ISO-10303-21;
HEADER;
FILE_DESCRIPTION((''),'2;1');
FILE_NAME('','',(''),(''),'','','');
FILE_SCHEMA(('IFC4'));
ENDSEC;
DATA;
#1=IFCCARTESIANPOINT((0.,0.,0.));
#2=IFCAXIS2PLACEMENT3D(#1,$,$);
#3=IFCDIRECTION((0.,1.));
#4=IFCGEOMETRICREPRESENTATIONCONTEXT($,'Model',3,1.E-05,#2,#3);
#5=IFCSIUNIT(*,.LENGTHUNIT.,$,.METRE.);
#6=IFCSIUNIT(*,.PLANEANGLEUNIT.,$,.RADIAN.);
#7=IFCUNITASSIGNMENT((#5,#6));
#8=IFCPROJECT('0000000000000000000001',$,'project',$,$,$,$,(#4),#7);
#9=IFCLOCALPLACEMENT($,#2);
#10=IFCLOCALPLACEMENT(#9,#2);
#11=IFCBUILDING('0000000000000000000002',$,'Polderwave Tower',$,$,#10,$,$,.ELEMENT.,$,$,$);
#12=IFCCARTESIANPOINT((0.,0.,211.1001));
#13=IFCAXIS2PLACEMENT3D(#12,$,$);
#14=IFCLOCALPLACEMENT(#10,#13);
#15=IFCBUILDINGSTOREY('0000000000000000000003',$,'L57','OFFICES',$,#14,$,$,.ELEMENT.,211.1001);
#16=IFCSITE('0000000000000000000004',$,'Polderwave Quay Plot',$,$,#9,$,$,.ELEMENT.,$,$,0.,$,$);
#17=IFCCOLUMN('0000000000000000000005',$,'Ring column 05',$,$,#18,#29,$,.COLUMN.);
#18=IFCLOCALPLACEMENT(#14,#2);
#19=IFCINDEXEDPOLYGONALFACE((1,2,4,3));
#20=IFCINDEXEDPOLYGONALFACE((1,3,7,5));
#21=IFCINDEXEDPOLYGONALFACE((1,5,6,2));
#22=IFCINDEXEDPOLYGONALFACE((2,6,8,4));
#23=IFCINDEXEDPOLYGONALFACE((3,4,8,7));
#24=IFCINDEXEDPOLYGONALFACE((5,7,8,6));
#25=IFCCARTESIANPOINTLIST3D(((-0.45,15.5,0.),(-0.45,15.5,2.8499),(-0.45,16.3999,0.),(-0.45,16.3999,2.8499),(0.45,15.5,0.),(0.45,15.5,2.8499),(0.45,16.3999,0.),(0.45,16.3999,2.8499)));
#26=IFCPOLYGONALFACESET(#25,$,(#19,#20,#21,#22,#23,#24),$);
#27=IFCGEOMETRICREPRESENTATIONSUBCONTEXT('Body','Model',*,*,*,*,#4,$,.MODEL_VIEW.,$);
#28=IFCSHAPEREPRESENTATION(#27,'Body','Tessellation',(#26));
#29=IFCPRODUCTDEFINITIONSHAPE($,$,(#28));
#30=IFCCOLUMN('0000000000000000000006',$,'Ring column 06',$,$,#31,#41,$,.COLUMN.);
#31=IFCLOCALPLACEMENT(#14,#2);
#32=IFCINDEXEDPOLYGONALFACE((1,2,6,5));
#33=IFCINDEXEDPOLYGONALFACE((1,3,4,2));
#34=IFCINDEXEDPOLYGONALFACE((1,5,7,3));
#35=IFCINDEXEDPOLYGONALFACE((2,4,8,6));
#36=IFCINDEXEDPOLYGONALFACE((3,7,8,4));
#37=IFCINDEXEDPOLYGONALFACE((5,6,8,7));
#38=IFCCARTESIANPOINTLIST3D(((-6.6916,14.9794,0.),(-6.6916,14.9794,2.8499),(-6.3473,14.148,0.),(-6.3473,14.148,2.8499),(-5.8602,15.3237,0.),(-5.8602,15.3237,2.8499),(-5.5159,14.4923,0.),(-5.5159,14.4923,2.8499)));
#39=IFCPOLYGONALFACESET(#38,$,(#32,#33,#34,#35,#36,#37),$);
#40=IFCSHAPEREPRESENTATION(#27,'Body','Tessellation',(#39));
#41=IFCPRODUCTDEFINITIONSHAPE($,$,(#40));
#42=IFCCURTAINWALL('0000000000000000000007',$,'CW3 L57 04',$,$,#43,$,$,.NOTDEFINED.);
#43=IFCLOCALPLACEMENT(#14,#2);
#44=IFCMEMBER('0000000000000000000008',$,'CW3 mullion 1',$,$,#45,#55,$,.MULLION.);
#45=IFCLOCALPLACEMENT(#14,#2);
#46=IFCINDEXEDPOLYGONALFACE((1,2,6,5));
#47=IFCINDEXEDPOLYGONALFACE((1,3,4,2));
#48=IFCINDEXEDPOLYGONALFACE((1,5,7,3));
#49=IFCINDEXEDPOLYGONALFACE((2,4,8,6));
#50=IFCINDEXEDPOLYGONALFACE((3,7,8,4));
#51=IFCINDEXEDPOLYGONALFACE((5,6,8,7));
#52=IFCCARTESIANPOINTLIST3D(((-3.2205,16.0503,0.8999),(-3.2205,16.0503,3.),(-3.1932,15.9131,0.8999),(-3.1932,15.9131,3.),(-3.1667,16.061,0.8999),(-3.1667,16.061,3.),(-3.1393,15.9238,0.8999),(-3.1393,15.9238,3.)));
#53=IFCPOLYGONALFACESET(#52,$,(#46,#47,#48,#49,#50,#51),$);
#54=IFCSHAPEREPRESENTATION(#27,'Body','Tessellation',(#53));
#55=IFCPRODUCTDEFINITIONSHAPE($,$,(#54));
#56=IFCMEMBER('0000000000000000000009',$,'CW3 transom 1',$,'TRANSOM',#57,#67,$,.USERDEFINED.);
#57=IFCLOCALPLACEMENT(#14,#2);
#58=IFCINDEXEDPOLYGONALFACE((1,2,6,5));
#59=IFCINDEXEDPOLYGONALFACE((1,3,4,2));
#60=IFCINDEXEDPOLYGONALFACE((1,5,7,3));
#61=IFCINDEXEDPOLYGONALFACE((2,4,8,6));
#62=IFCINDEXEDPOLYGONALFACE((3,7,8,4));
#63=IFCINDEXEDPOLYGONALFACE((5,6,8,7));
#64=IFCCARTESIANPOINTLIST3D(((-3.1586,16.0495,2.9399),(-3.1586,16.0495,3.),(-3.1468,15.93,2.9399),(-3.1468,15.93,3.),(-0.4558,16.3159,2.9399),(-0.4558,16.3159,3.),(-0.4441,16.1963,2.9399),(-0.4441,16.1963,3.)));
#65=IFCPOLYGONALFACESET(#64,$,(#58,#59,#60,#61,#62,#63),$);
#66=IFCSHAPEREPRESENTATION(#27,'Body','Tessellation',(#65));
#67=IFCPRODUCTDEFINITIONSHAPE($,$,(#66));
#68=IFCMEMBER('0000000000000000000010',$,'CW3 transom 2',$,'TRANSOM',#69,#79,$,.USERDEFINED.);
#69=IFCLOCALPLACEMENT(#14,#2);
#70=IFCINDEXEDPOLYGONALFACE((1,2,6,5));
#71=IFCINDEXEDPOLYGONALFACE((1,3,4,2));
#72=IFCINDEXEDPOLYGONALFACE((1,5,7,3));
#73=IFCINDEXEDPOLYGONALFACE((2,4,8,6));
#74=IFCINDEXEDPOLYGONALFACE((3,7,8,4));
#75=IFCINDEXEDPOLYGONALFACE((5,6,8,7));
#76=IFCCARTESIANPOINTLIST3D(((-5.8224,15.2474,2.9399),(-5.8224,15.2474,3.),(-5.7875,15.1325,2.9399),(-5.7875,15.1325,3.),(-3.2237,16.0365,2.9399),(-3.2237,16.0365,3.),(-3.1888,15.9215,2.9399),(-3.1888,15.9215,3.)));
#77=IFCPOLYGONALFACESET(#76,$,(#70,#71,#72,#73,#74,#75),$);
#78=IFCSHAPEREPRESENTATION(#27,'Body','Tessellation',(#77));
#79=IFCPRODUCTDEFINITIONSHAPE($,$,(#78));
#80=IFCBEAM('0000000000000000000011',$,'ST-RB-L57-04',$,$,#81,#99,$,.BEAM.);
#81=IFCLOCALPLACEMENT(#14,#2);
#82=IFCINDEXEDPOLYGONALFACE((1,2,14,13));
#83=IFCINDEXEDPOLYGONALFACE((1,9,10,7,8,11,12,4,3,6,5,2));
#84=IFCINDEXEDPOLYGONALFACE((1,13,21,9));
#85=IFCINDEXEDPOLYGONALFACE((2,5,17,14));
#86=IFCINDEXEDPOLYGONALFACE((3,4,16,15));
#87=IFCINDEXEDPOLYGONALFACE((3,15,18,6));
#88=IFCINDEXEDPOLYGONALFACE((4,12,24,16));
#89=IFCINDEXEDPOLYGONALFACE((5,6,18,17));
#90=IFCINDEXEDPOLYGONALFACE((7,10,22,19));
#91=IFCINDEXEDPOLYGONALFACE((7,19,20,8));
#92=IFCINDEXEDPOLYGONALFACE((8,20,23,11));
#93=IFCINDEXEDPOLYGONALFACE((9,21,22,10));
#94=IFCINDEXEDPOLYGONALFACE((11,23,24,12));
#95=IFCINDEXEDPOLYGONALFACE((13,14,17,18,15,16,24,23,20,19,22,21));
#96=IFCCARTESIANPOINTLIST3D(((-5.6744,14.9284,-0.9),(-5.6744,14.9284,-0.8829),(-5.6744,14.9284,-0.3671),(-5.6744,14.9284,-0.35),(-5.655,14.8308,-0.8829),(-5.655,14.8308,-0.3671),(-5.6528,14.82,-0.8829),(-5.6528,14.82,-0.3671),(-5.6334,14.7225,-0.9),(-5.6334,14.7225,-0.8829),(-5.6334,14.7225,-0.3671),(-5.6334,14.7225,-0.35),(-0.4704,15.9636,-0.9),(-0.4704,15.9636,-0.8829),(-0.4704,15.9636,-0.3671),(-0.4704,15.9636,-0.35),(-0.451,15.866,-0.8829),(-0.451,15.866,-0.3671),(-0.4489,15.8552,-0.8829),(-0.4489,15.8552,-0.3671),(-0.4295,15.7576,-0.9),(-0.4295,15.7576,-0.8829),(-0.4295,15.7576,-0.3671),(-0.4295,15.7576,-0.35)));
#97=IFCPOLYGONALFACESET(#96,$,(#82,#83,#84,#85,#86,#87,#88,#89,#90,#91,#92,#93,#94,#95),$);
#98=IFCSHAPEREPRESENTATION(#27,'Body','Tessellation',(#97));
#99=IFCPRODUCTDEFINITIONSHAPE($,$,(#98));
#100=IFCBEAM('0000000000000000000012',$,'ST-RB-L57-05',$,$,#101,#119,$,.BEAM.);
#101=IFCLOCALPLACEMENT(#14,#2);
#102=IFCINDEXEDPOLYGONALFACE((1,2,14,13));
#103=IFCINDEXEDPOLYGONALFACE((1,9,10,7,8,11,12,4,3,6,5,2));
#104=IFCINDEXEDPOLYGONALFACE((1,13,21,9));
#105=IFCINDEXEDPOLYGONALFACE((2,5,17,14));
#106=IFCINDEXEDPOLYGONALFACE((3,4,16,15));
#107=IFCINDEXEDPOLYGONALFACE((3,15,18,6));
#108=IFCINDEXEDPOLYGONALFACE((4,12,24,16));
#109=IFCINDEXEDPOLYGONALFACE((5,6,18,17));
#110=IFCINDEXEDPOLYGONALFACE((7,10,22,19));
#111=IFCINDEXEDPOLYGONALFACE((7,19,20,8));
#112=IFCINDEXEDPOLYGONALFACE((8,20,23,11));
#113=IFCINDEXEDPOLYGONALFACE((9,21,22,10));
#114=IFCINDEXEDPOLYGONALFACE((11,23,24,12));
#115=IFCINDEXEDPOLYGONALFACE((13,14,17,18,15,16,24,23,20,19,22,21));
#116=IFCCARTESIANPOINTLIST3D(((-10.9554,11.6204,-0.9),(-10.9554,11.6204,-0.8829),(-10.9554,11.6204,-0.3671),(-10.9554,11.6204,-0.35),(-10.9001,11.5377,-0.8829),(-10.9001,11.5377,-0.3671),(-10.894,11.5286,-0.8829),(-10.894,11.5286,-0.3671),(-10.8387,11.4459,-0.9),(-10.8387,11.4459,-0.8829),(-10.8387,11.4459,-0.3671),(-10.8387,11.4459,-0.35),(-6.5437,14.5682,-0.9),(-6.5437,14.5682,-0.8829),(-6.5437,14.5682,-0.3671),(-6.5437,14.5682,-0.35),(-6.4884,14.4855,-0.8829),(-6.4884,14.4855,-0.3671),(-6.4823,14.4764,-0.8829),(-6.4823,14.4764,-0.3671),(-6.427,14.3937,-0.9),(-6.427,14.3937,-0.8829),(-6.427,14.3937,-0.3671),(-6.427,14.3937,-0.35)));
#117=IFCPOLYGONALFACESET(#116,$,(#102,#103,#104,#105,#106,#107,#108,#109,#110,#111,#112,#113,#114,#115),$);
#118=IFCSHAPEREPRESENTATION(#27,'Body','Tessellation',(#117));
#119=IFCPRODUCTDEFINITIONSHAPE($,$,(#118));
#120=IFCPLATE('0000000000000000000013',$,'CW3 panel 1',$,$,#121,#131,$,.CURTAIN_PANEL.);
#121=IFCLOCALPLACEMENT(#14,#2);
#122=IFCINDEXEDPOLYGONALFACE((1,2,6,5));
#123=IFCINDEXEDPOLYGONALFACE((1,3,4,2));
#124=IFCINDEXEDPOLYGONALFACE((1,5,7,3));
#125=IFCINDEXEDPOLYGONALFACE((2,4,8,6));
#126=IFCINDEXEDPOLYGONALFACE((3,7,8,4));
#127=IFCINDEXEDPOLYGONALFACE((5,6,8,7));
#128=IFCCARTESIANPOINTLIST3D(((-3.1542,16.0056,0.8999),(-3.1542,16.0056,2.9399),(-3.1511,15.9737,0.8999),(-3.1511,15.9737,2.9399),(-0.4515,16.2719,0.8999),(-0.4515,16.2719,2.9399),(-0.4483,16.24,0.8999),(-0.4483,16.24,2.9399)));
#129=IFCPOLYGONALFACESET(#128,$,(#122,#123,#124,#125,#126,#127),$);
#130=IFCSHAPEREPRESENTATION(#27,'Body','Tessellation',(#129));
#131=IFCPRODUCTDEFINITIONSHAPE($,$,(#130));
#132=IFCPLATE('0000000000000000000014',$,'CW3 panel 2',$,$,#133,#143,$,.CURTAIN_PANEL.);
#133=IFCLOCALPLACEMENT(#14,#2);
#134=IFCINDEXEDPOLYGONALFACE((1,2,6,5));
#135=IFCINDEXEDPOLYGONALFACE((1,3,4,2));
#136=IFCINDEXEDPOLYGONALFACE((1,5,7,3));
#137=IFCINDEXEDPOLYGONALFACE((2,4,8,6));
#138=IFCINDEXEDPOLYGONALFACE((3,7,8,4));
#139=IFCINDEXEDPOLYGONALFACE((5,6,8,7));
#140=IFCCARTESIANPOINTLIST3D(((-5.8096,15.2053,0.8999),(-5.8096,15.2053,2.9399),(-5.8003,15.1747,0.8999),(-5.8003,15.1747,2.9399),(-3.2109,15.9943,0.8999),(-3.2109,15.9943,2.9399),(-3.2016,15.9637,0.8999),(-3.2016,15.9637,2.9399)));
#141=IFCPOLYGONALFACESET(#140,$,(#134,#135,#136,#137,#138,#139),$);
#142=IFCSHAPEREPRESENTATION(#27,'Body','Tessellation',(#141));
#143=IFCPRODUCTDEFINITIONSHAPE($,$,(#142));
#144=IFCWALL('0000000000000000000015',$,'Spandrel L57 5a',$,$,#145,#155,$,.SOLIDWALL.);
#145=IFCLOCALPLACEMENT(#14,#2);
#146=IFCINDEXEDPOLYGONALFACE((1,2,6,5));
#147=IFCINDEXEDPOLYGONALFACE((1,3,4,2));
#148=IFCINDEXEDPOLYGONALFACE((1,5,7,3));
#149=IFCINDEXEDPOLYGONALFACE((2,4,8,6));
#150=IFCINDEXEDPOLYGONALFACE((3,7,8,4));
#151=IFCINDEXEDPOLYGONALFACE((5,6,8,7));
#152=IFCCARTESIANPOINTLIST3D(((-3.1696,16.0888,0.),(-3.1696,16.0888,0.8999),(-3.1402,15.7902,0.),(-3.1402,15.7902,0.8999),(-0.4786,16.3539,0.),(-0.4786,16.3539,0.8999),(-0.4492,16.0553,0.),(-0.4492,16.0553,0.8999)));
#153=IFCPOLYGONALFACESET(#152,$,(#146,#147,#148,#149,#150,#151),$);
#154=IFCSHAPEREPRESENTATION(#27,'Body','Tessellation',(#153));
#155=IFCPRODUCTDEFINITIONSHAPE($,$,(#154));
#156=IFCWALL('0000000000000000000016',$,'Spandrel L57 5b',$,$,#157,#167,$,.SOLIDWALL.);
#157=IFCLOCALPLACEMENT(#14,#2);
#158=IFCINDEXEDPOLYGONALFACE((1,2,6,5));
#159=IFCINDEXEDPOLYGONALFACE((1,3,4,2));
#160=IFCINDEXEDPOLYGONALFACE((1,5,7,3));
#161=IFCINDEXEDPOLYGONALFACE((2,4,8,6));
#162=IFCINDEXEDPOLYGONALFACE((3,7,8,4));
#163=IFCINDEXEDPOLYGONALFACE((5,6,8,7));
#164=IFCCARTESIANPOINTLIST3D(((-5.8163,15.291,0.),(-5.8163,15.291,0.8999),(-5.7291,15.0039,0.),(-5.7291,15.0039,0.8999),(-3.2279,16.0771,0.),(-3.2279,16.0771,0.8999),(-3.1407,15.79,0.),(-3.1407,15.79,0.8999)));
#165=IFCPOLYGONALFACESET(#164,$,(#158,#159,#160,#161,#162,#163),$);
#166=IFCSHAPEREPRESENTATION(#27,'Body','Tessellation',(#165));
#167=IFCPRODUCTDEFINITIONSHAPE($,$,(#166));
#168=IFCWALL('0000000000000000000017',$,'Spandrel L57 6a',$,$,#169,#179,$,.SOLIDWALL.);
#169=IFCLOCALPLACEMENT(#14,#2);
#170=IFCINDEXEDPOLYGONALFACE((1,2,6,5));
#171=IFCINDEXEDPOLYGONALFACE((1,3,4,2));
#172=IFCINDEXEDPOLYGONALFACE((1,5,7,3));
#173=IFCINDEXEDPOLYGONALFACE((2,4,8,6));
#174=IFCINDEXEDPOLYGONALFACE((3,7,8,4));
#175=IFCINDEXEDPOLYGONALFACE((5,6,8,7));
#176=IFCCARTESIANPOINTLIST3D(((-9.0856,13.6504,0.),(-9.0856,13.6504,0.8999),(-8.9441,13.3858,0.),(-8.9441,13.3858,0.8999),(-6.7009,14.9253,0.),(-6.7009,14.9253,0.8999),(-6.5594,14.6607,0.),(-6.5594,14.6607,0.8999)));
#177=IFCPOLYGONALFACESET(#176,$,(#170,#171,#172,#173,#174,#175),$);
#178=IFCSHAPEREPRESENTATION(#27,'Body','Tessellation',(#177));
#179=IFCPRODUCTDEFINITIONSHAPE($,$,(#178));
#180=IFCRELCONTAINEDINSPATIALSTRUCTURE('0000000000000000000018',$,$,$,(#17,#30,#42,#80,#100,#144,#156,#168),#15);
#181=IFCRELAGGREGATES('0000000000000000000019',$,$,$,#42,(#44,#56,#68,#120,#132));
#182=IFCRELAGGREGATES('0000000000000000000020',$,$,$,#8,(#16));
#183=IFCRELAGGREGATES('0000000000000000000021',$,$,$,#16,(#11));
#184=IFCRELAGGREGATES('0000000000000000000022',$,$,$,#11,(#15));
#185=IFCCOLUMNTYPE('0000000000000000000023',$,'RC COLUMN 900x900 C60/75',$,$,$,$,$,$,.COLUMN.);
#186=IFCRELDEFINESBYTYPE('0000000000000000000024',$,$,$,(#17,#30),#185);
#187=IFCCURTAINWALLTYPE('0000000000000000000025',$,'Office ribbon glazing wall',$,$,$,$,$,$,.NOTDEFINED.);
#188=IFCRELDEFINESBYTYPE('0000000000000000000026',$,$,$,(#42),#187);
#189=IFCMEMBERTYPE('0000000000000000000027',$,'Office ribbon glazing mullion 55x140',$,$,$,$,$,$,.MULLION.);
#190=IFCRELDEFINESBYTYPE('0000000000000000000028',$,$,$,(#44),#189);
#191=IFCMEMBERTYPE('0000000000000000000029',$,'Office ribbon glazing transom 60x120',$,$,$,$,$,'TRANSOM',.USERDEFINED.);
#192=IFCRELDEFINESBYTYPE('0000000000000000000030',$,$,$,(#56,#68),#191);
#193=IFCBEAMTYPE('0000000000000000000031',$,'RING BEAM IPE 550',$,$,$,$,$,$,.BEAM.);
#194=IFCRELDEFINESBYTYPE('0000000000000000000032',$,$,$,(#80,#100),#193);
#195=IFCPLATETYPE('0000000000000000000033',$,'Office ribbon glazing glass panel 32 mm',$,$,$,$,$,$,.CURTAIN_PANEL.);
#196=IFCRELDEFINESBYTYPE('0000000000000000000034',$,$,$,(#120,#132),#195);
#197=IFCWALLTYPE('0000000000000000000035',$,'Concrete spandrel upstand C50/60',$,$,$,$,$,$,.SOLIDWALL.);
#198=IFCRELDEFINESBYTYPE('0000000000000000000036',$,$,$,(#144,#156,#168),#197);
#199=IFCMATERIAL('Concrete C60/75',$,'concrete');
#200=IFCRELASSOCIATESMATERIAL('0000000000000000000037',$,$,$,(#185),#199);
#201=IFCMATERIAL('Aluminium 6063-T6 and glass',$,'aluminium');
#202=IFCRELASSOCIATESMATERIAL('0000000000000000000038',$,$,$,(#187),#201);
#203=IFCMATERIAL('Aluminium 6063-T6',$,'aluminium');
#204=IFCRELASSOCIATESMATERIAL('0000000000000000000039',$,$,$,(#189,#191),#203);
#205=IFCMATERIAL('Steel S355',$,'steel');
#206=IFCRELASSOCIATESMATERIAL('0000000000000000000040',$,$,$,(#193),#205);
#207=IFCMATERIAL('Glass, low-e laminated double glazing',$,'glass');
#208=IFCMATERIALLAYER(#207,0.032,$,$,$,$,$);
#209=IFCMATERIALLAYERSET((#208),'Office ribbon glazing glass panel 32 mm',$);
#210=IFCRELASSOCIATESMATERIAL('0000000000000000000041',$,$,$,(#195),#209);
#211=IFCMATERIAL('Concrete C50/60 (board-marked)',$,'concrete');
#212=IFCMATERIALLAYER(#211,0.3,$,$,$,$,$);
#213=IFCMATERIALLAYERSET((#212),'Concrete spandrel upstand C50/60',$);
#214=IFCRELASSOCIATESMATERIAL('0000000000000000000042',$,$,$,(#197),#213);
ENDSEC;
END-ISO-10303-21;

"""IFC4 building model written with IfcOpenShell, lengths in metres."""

from ifc_helpers import new_model, si_unit, direction, frame, frame_2d, origin, origin_2d, place, context, subcontext, project, spatial, rectangle, i_section, extrude, material, layer, layer_set, material_profile, profile_set, type_object, element, aggregate, save


model = new_model("IFC4")

# Units and contexts
model_context = context("Model", 3, precision=1e-05, world=origin(), true_north=direction((0.0, 1.0)))
body_context = subcontext(model_context, "Body", "Model", "MODEL_VIEW")
ifc_project = project(units=[si_unit("LENGTHUNIT", "METRE"), si_unit("PLANEANGLEUNIT", "RADIAN")], contexts=[model_context])

# Site, building, storey
site_placement = place(None, origin())
site = spatial("IfcSite", under=ifc_project, at=site_placement, Name="Polderwave Quay Plot", CompositionType="ELEMENT", RefElevation=0.0)
building_placement = place(site_placement, origin())
building = spatial("IfcBuilding", under=site, at=building_placement, Name="Polderwave Tower", CompositionType="ELEMENT")
storey_placement = place(building_placement, frame((0.0, 0.0, 211.1001)))
storey = spatial("IfcBuildingStorey", under=building, at=storey_placement, Name="L57", Description="OFFICES", CompositionType="ELEMENT", Elevation=211.1001)

# Columns
ifc_material_1 = material(Name="Concrete C60/75", Category="concrete")
ifc_material_profile_1 = material_profile(ifc_material_1, rectangle(XDim=0.8999, YDim=0.8999, at=origin_2d()), Name="RC 900x900")
ifc_profile_set_1 = profile_set([ifc_material_profile_1], Name="Concrete C60/75")
column_type = type_object("IfcColumnType", Name="RC COLUMN 900x900 C60/75", PredefinedType="COLUMN", material=ifc_profile_set_1)
for number, where, z_axis, x_axis, name in (
    (1, (0.0, 15.95, 0.0), (0.0, 0.0, 1.0), (0.0, 1.0, 0.0), "Ring column 05"),
    (2, (-6.1038, 14.7358, 0.0), (0.0, 0.0, 1.0), (-0.382683, 0.92388, 0.0), "Ring column 06"),
):
    element("IfcColumn", number, at=place(storey_placement, frame(where, z_axis=z_axis, x_axis=x_axis)), inside=storey, type_object=column_type, Name=name, PredefinedType="COLUMN", context=body_context, shape_type="SweptSolid", body=[
        extrude(rectangle(XDim=0.8999, YDim=0.8999, at=origin_2d()), origin(), (0.0, 0.0, 1.0), 2.8499),
    ])

# Curtain wall, members
ifc_material_2 = material(Name="Aluminium 6063-T6 and glass", Category="aluminium")
curtain_wall_type = type_object("IfcCurtainWallType", Name="Office ribbon glazing wall", PredefinedType="NOTDEFINED", material=ifc_material_2)
curtain_wall_placement = place(storey_placement, origin())
curtain_wall = element("IfcCurtainWall", 3, at=curtain_wall_placement, inside=storey, type_object=curtain_wall_type, Name="CW3 L57 04", PredefinedType="NOTDEFINED")
ifc_material_3 = material(Name="Aluminium 6063-T6", Category="aluminium")
ifc_material_profile_2 = material_profile(ifc_material_3, rectangle(XDim=0.1399, YDim=0.0549, at=origin_2d()), Name="AL 55x140")
ifc_profile_set_2 = profile_set([ifc_material_profile_2], Name="Aluminium 6063-T6")
member_type_1 = type_object("IfcMemberType", Name="Office ribbon glazing mullion 55x140", PredefinedType="MULLION", material=ifc_profile_set_2)
member_1_placement = place(storey_placement, frame((-3.1799, 15.9871, 0.8999), z_axis=(0.0, 0.0, 1.0), x_axis=(0.195234, -0.980757, 0.0)))
member_1 = element("IfcMember", 4, at=member_1_placement, type_object=member_type_1, Name="CW3 mullion 1", PredefinedType="MULLION", context=body_context, shape_type="SweptSolid", body=[
    extrude(rectangle(XDim=0.1399, YDim=0.0549, at=origin_2d()), origin(), (0.0, 0.0, 1.0), 2.1001),
])
ifc_material_profile_3 = material_profile(ifc_material_3, rectangle(XDim=0.1201, YDim=0.0601, at=origin_2d()), Name="AL 60x120")
ifc_profile_set_3 = profile_set([ifc_material_profile_3], Name="Aluminium 6063-T6")
member_type_2 = type_object("IfcMemberType", Name="Office ribbon glazing transom 60x120", ElementType="TRANSOM", PredefinedType="USERDEFINED", material=ifc_profile_set_3)
member_2_placement = place(storey_placement, frame((-0.45, 16.2561, 2.97), z_axis=(-0.995179, -0.098079, 0.0), x_axis=(0.098079, -0.995179, 0.0)))
member_2 = element("IfcMember", 5, at=member_2_placement, type_object=member_type_2, Name="CW3 transom 1", ObjectType="TRANSOM", PredefinedType="USERDEFINED", context=body_context, shape_type="SweptSolid", body=[
    extrude(rectangle(XDim=0.1201, YDim=0.0601, at=origin_2d()), origin(), (0.0, 0.0, 1.0), 2.7158),
])
member_3_placement = place(storey_placement, frame((-3.2063, 15.979, 2.97), z_axis=(-0.956861, -0.290546, 0.0), x_axis=(0.290546, -0.956861, 0.0)))
member_3 = element("IfcMember", 6, at=member_3_placement, type_object=member_type_2, Name="CW3 transom 2", ObjectType="TRANSOM", PredefinedType="USERDEFINED", context=body_context, shape_type="SweptSolid", body=[
    extrude(rectangle(XDim=0.1201, YDim=0.0601, at=origin_2d()), origin(), (0.0, 0.0, 1.0), 2.7158),
])

# Beams
ifc_material_4 = material(Name="Steel S355", Category="steel")
ifc_material_profile_4 = material_profile(ifc_material_4, i_section(OverallWidth=0.21, OverallDepth=0.55, WebThickness=0.011, FlangeThickness=0.0171, at=origin_2d()), Name="IPE 550")
ifc_profile_set_4 = profile_set([ifc_material_profile_4], Name="Steel S355")
beam_type = type_object("IfcBeamType", Name="RING BEAM IPE 550", PredefinedType="BEAM", material=ifc_profile_set_4)
for number, where, z_axis, x_axis, name in (
    (7, (-0.45, 15.8606, -0.625), (-0.980784, -0.195098, 0.0), (0.195098, -0.980784, 0.0), "ST-RB-L57-04"),
    (8, (-6.4854, 14.481, -0.625), (-0.831469, -0.555571, 0.0), (0.555571, -0.831469, 0.0), "ST-RB-L57-05"),
):
    element("IfcBeam", number, at=place(storey_placement, frame(where, z_axis=z_axis, x_axis=x_axis)), inside=storey, type_object=beam_type, Name=name, PredefinedType="BEAM", context=body_context, shape_type="SweptSolid", body=[
        extrude(i_section(OverallWidth=0.21, OverallDepth=0.55, WebThickness=0.011, FlangeThickness=0.0171, at=origin_2d()), origin(), (0.0, 0.0, 1.0), 5.3059),
    ])

# Plates
ifc_material_5 = material(Name="Glass, low-e laminated double glazing", Category="glass")
ifc_layer_1 = layer(ifc_material_5, 0.032)
ifc_layer_set_1 = layer_set([ifc_layer_1], Name="Office ribbon glazing glass panel 32 mm")
plate_type = type_object("IfcPlateType", Name="Office ribbon glazing glass panel 32 mm", PredefinedType="CURTAIN_PANEL", material=ifc_layer_set_1)
plate_1_placement = place(storey_placement, frame((-1.8013, 16.1228, 0.8999), z_axis=(0.0, 0.0, 1.0), x_axis=(-0.99518, -0.098061, 0.0)))
plate_1 = element("IfcPlate", 9, at=plate_1_placement, type_object=plate_type, Name="CW3 panel 1", PredefinedType="CURTAIN_PANEL", context=body_context, shape_type="SweptSolid", body=[
    extrude(rectangle(XDim=2.7158, YDim=0.032, at=origin_2d()), origin(), (0.0, 0.0, 1.0), 2.04),
])
plate_2_placement = place(storey_placement, frame((-4.5056, 15.5845, 0.8999), z_axis=(0.0, 0.0, 1.0), x_axis=(-0.956868, -0.290524, 0.0)))
plate_2 = element("IfcPlate", 10, at=plate_2_placement, type_object=plate_type, Name="CW3 panel 2", PredefinedType="CURTAIN_PANEL", context=body_context, shape_type="SweptSolid", body=[
    extrude(rectangle(XDim=2.7158, YDim=0.032, at=origin_2d()), origin(), (0.0, 0.0, 1.0), 2.04),
])
aggregate(curtain_wall, [member_1, member_2, member_3, plate_1, plate_2])

# Walls
ifc_material_6 = material(Name="Concrete C50/60 (board-marked)", Category="concrete")
ifc_layer_2 = layer(ifc_material_6, 0.3)
ifc_layer_set_2 = layer_set([ifc_layer_2], Name="Concrete spandrel upstand C50/60")
wall_type_1 = type_object("IfcWallType", Name="Concrete spandrel upstand C50/60", PredefinedType="SOLIDWALL", material=ifc_layer_set_2)
wall_1_placement = place(storey_placement, frame((-0.4639, 16.2046, 0.0), z_axis=(0.0, 0.0, 1.0), x_axis=(-0.995182, -0.098047, 0.0)))
element("IfcWall", 11, at=wall_1_placement, inside=storey, type_object=wall_type_1, Name="Spandrel L57 5a", PredefinedType="SOLIDWALL", context=body_context, shape_type="SweptSolid", body=[
    extrude(rectangle(XDim=2.7041, YDim=0.3, at=frame_2d((1.3521, 0.0))), origin(), (0.0, 0.0, 1.0), 0.8999),
])
wall_2_placement = place(storey_placement, frame((-3.1843, 15.9336, 0.0), z_axis=(0.0, 0.0, 1.0), x_axis=(-0.956842, -0.290609, 0.0)))
element("IfcWall", 12, at=wall_2_placement, inside=storey, type_object=wall_type_1, Name="Spandrel L57 5b", PredefinedType="SOLIDWALL", context=body_context, shape_type="SweptSolid", body=[
    extrude(rectangle(XDim=2.7051, YDim=0.3, at=frame_2d((1.3525, 0.0))), origin(), (0.0, 0.0, 1.0), 0.8999),
])
wall_3_placement = place(storey_placement, frame((-6.6301, 14.793, 0.0), z_axis=(0.0, 0.0, 1.0), x_axis=(-0.881888, -0.47146, 0.0)))
element("IfcWall", 13, at=wall_3_placement, inside=storey, type_object=wall_type_1, Name="Spandrel L57 6a", PredefinedType="SOLIDWALL", context=body_context, shape_type="SweptSolid", body=[
    extrude(rectangle(XDim=2.7041, YDim=0.3, at=frame_2d((1.3521, 0.0))), origin(), (0.0, 0.0, 1.0), 0.8999),
])

save(model, "model.ifc")
